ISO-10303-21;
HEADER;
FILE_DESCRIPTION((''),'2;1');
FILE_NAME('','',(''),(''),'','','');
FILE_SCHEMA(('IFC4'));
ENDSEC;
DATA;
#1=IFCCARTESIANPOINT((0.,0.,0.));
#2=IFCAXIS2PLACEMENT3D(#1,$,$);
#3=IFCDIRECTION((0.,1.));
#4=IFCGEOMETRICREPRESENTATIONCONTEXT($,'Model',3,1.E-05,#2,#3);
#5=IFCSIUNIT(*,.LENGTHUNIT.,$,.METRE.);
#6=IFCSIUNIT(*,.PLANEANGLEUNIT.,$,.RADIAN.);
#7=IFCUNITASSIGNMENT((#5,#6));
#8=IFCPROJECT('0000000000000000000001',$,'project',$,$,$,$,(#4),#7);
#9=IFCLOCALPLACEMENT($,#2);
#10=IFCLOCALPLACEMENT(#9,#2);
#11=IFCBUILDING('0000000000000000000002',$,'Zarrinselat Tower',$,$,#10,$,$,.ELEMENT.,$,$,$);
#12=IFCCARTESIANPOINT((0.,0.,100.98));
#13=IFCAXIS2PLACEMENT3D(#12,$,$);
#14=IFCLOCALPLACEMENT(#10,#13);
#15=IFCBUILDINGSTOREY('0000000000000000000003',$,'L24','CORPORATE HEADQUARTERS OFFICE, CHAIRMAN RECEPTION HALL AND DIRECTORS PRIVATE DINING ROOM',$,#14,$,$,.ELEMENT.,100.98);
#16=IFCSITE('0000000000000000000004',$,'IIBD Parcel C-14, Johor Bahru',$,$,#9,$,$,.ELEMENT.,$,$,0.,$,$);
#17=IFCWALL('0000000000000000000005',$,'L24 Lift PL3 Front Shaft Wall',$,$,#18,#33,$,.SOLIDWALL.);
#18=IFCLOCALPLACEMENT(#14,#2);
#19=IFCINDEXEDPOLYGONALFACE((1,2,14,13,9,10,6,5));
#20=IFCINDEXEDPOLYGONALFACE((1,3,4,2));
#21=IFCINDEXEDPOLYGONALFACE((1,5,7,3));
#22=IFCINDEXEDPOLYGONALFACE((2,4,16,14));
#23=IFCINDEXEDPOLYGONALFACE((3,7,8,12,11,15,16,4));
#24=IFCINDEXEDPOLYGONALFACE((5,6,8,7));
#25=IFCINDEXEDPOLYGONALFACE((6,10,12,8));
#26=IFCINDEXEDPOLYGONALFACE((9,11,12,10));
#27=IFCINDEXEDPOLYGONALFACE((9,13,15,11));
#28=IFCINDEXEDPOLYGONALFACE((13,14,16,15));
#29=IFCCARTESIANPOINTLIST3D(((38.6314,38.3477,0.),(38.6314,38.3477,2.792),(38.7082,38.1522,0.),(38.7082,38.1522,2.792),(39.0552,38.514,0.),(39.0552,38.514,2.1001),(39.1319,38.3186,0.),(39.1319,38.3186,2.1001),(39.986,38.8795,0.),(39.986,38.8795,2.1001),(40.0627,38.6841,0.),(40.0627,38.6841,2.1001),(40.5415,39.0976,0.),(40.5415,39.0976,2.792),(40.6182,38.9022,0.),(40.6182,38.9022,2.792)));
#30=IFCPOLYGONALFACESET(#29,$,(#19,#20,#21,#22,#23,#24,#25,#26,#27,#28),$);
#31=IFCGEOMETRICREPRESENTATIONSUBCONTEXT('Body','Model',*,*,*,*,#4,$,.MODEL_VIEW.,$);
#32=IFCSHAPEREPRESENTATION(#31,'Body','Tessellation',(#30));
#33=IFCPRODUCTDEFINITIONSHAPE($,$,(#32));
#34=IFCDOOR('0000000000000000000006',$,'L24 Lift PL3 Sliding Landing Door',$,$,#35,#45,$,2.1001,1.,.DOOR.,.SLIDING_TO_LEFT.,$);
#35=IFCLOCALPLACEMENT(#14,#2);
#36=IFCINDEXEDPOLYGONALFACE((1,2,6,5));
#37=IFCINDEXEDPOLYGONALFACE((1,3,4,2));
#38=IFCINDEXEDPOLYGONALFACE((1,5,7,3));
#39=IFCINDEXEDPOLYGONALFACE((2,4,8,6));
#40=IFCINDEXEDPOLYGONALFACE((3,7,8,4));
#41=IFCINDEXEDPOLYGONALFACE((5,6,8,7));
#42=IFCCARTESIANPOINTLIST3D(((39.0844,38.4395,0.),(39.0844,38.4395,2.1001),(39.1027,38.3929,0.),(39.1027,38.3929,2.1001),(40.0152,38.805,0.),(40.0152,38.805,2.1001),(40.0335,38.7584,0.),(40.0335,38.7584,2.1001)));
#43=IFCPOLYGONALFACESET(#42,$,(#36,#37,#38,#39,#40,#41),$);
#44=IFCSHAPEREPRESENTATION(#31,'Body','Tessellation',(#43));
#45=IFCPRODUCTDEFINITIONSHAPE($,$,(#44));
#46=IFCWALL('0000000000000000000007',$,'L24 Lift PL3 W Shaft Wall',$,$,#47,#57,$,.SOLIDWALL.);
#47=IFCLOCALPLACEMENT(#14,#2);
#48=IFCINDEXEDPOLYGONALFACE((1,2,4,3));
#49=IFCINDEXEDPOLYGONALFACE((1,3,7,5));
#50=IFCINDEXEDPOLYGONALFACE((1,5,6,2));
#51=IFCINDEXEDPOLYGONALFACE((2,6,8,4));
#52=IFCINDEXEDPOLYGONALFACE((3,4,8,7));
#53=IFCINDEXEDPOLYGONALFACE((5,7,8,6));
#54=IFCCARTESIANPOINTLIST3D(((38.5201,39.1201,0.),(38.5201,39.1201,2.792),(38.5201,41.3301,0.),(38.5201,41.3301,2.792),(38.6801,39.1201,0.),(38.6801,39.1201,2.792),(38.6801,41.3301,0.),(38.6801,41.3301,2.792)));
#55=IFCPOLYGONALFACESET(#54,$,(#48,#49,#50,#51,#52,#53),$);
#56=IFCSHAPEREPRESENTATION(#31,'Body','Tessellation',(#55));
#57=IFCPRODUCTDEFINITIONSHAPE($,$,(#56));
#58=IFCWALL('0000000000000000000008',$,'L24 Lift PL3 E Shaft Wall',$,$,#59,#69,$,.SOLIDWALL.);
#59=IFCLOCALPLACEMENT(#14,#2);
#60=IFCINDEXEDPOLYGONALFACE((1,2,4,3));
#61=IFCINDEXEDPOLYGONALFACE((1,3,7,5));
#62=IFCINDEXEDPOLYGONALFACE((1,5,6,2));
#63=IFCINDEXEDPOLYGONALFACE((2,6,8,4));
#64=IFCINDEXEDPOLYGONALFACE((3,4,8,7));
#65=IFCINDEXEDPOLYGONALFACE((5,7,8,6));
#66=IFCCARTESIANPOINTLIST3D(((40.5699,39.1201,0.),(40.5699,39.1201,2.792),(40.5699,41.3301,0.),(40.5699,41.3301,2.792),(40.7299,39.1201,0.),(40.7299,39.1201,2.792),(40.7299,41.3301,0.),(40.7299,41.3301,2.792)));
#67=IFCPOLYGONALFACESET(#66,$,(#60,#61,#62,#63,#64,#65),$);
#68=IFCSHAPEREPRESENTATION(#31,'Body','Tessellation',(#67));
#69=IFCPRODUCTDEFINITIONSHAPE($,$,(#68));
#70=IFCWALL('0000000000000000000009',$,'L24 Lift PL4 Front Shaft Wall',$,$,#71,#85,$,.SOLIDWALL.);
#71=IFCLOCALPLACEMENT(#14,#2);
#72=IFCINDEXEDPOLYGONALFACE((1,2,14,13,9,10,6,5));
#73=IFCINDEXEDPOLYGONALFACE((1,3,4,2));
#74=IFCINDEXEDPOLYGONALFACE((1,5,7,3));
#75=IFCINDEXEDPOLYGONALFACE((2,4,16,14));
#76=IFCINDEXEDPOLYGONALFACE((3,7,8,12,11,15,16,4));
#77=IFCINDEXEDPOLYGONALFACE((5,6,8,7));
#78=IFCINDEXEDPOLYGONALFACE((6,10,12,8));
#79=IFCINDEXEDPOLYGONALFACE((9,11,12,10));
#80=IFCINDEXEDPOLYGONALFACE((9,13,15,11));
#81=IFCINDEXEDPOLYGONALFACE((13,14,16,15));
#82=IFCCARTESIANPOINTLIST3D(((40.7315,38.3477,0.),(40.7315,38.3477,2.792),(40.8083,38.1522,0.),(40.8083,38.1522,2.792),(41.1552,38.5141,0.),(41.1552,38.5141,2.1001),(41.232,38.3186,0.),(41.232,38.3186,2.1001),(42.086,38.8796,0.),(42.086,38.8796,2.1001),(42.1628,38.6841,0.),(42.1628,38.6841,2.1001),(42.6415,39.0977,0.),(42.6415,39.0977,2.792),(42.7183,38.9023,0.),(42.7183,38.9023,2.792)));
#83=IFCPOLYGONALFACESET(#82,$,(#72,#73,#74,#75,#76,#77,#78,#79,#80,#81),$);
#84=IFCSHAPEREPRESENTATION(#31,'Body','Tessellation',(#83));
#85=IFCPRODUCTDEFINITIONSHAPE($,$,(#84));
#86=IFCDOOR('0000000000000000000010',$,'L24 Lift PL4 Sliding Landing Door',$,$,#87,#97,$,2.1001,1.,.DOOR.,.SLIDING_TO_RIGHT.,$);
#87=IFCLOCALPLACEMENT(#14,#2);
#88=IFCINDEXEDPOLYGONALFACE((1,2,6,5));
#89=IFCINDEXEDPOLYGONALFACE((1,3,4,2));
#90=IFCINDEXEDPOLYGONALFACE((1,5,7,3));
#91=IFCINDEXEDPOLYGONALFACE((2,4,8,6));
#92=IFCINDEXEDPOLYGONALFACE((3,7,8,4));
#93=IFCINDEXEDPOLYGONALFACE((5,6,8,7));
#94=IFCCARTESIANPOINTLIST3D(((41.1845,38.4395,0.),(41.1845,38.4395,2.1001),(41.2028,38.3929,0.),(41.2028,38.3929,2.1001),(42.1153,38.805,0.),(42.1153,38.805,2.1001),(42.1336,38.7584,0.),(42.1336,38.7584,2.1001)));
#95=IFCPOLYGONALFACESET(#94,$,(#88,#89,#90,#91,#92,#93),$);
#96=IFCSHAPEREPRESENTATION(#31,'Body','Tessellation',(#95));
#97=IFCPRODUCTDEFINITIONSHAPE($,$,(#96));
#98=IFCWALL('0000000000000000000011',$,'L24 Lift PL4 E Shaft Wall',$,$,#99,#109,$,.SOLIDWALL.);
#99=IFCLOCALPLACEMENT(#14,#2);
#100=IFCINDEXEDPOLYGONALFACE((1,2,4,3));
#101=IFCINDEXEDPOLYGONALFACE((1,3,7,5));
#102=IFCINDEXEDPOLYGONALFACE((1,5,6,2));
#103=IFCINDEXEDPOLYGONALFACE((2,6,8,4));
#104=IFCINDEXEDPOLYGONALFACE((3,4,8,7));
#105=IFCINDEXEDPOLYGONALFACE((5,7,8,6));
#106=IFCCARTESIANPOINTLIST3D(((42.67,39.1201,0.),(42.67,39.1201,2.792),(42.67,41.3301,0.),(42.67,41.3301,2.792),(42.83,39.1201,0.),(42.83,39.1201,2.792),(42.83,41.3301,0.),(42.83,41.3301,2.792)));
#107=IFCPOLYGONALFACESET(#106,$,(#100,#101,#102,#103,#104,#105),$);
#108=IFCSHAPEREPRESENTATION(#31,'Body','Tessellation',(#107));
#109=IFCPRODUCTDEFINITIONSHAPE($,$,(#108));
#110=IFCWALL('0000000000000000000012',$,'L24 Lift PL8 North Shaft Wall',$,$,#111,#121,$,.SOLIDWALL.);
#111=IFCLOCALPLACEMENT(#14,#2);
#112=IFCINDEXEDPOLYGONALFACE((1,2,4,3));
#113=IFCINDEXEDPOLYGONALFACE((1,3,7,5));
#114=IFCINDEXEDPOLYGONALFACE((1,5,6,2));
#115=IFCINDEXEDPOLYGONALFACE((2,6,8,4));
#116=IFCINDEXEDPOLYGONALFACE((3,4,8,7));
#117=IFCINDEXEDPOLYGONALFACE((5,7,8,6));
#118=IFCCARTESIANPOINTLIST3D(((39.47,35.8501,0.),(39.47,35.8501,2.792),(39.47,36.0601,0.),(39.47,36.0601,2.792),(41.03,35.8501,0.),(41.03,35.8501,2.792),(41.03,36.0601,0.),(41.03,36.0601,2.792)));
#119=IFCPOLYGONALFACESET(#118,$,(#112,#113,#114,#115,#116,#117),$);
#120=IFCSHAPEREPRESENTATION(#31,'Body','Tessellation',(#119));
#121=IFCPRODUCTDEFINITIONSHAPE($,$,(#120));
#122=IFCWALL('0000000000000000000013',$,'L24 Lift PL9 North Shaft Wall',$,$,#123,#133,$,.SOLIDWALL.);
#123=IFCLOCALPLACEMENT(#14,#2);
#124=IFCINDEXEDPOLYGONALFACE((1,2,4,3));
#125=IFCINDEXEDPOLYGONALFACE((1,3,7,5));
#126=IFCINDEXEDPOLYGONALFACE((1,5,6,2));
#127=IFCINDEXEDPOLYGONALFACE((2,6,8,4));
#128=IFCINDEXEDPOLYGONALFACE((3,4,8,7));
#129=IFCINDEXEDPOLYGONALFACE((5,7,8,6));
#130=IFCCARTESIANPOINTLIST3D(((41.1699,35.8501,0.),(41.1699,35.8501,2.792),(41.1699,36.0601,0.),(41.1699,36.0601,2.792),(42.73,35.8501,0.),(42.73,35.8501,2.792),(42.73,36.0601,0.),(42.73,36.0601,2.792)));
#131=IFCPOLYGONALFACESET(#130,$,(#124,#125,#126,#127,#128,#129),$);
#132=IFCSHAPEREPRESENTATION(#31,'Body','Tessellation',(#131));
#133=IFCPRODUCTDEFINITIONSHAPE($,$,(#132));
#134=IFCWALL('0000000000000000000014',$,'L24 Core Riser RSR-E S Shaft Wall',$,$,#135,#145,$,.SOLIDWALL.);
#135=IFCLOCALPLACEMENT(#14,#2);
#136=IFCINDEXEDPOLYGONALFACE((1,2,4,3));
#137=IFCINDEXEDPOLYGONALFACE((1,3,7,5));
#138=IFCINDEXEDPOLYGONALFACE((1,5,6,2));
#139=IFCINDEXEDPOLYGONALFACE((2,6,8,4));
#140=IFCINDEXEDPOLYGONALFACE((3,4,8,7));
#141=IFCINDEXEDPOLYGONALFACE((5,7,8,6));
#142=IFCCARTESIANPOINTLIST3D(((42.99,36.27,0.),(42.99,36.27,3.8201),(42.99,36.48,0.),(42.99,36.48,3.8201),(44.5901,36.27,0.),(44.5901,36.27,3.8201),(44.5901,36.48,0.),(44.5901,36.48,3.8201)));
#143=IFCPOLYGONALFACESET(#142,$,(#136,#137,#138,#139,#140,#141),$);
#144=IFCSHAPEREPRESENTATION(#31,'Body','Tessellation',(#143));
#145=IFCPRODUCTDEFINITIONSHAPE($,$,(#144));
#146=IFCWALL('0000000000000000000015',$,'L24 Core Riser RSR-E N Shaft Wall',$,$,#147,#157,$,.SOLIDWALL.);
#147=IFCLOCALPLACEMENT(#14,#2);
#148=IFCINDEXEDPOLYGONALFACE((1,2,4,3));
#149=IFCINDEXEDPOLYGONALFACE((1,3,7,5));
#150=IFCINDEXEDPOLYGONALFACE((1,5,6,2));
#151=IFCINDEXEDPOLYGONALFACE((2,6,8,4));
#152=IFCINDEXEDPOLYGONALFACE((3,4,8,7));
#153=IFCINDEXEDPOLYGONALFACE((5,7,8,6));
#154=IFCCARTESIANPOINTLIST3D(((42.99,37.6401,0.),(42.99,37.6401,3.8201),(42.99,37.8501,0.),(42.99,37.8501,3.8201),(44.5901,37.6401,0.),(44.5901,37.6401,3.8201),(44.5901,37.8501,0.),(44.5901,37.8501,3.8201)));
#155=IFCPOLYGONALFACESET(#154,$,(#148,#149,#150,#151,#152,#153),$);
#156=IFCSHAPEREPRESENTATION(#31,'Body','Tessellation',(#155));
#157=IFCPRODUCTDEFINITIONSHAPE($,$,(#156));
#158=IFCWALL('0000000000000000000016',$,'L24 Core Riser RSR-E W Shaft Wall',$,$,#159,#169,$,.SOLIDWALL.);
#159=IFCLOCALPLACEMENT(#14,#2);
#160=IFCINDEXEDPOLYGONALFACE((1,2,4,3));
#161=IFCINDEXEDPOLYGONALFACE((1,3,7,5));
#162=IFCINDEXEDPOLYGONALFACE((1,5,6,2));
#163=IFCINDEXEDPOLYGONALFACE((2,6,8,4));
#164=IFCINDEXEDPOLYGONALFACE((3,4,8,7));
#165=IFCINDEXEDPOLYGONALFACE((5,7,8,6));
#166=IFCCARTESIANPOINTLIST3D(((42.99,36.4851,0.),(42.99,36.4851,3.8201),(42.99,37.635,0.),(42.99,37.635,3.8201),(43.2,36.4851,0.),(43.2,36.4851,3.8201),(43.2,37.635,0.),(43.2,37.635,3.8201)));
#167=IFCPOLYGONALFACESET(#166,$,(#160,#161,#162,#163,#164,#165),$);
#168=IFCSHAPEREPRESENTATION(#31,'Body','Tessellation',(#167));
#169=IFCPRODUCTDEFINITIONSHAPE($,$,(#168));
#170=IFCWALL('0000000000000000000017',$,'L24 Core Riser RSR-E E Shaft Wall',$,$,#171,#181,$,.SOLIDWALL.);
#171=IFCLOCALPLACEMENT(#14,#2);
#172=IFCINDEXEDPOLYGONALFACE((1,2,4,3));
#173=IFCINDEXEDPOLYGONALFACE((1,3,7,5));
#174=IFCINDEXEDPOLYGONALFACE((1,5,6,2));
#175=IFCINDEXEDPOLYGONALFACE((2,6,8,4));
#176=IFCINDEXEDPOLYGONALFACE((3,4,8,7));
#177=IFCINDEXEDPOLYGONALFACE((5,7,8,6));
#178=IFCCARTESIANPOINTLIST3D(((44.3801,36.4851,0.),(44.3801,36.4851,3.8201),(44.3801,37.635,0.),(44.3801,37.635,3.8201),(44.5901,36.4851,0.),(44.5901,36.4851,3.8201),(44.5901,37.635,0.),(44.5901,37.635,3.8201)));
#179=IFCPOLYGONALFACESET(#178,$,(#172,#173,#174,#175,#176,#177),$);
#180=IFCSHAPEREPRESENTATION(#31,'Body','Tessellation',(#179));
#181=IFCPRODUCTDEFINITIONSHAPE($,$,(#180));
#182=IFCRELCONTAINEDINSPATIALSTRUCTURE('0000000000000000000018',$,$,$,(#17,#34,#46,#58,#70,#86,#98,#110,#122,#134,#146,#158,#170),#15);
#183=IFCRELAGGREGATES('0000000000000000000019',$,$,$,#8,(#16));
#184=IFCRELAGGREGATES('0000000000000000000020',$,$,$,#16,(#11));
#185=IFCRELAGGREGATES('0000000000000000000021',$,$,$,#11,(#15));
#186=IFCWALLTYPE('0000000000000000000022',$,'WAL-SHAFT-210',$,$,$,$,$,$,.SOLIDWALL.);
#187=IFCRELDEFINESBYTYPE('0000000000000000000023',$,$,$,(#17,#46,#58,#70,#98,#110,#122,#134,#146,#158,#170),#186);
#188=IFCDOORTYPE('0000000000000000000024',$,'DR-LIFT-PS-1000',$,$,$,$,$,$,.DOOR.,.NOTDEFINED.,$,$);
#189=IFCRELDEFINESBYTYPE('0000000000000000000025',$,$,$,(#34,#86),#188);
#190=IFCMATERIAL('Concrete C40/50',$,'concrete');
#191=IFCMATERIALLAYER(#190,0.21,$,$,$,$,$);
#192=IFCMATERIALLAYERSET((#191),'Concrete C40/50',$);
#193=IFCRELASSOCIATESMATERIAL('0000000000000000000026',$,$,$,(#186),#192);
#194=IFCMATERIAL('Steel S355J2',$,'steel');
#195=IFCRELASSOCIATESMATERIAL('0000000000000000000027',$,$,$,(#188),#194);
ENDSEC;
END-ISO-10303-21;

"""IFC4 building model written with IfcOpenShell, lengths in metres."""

from ifc_helpers import new_model, si_unit, direction, frame, frame_2d, origin, place, context, subcontext, project, spatial, rectangle, extrude, material, layer, layer_set, type_object, element, fill, save


model = new_model("IFC4")

# Units and contexts
model_context = context("Model", 3, precision=1e-05, world=origin(), true_north=direction((0.0, 1.0)))
body_context = subcontext(model_context, "Body", "Model", "MODEL_VIEW")
ifc_project = project(units=[si_unit("LENGTHUNIT", "METRE"), si_unit("PLANEANGLEUNIT", "RADIAN")], contexts=[model_context])

# Site, building, storey
site_placement = place(None, origin())
site = spatial("IfcSite", under=ifc_project, at=site_placement, Name="IIBD Parcel C-14, Johor Bahru", CompositionType="ELEMENT", RefElevation=0.0)
building_placement = place(site_placement, origin())
building = spatial("IfcBuilding", under=site, at=building_placement, Name="Zarrinselat Tower", CompositionType="ELEMENT")
storey_placement = place(building_placement, frame((0.0, 0.0, 100.98)))
storey = spatial("IfcBuildingStorey", under=building, at=storey_placement, Name="L24", Description="CORPORATE HEADQUARTERS OFFICE, CHAIRMAN RECEPTION HALL AND DIRECTORS PRIVATE DINING ROOM", CompositionType="ELEMENT", Elevation=100.98)

# Shared definitions
ifc_material_1 = material(Name="Concrete C40/50", Category="concrete")
ifc_layer_1 = layer(ifc_material_1, 0.21)
ifc_layer_set_1 = layer_set([ifc_layer_1], Name="Concrete C40/50")
wall_type_1 = type_object("IfcWallType", Name="WAL-SHAFT-210", PredefinedType="SOLIDWALL", material=ifc_layer_set_1)

# Shared definitions
ifc_material_2 = material(Name="Steel S355J2", Category="steel")
door_type_1 = type_object("IfcDoorType", Name="DR-LIFT-PS-1000", OperationType="NOTDEFINED", PredefinedType="DOOR", material=ifc_material_2)

# Wall, opening, door
wall_1_placement = place(storey_placement, frame((38.6699, 38.25, 0.0), z_axis=(0.0, 0.0, 1.0), x_axis=(0.930821, 0.365476, 0.0)))
wall_1 = element("IfcWall", 1, at=wall_1_placement, inside=storey, type_object=wall_type_1, Name="L24 Lift PL3 Front Shaft Wall", PredefinedType="SOLIDWALL", context=body_context, shape_type="SweptSolid", body=[
    extrude(rectangle(XDim=2.052, YDim=0.21, at=frame_2d((1.0259, 0.0))), origin(), (0.0, 0.0, 1.0), 2.792),
])
opening_1_placement = place(wall_1_placement, frame((0.4551, 0.0, 0.0)))
opening_1 = element("IfcOpeningElement", 2, at=opening_1_placement, cuts=wall_1, PredefinedType="OPENING", context=body_context, shape_type="SweptSolid", body=[
    extrude(rectangle(XDim=1.0, YDim=2.1001, at=frame_2d((0.5, 1.05))), frame((0.0, 0.115, 0.0), z_axis=(0.0, -1.0, 0.0), x_axis=(1.0, 0.0, 0.0)), (0.0, 0.0, 1.0), 0.23),
])
door_1_placement = place(opening_1_placement, origin())
door_1 = element("IfcDoor", 3, at=door_1_placement, inside=storey, type_object=door_type_1, Name="L24 Lift PL3 Sliding Landing Door", OperationType="SLIDING_TO_LEFT", OverallHeight=2.1001, OverallWidth=1.0, PredefinedType="DOOR", context=body_context, shape_type="SweptSolid", body=[
    extrude(rectangle(XDim=1.0, YDim=2.1001, at=frame_2d((0.5, 1.05))), frame((0.0, 0.0249, 0.0), z_axis=(0.0, -1.0, 0.0), x_axis=(1.0, 0.0, 0.0)), (0.0, 0.0, 1.0), 0.05),
])
fill(opening_1, door_1)

# Walls
for number, where, z_axis, x_axis, name in (
    (4, (38.6001, 39.1201, 0.0), (0.0, 0.0, 1.0), (0.0, 1.0, 0.0), "L24 Lift PL3 W Shaft Wall"),
    (5, (40.6499, 39.1201, 0.0), (0.0, 0.0, 1.0), (0.0, 1.0, 0.0), "L24 Lift PL3 E Shaft Wall"),
):
    element("IfcWall", number, at=place(storey_placement, frame(where, z_axis=z_axis, x_axis=x_axis)), inside=storey, type_object=wall_type_1, Name=name, PredefinedType="SOLIDWALL", context=body_context, shape_type="SweptSolid", body=[
        extrude(rectangle(XDim=2.21, YDim=0.1599, at=frame_2d((1.105, 0.0))), origin(), (0.0, 0.0, 1.0), 2.792),
    ])

# Wall, opening, door
wall_2_placement = place(storey_placement, frame((40.77, 38.25, 0.0), z_axis=(0.0, 0.0, 1.0), x_axis=(0.930805, 0.365516, 0.0)))
wall_2 = element("IfcWall", 6, at=wall_2_placement, inside=storey, type_object=wall_type_1, Name="L24 Lift PL4 Front Shaft Wall", PredefinedType="SOLIDWALL", context=body_context, shape_type="SweptSolid", body=[
    extrude(rectangle(XDim=2.052, YDim=0.21, at=frame_2d((1.0259, 0.0))), origin(), (0.0, 0.0, 1.0), 2.792),
])
opening_2_placement = place(wall_2_placement, frame((0.4551, 0.0, 0.0)))
opening_2 = element("IfcOpeningElement", 7, at=opening_2_placement, cuts=wall_2, PredefinedType="OPENING", context=body_context, shape_type="SweptSolid", body=[
    extrude(rectangle(XDim=1.0, YDim=2.1001, at=frame_2d((0.5, 1.05))), frame((0.0, 0.115, 0.0), z_axis=(0.0, -1.0, 0.0), x_axis=(1.0, 0.0, 0.0)), (0.0, 0.0, 1.0), 0.23),
])
door_2_placement = place(opening_2_placement, origin())
door_2 = element("IfcDoor", 8, at=door_2_placement, inside=storey, type_object=door_type_1, Name="L24 Lift PL4 Sliding Landing Door", OperationType="SLIDING_TO_RIGHT", OverallHeight=2.1001, OverallWidth=1.0, PredefinedType="DOOR", context=body_context, shape_type="SweptSolid", body=[
    extrude(rectangle(XDim=1.0, YDim=2.1001, at=frame_2d((0.5, 1.05))), frame((0.0, 0.0249, 0.0), z_axis=(0.0, -1.0, 0.0), x_axis=(1.0, 0.0, 0.0)), (0.0, 0.0, 1.0), 0.05),
])
fill(opening_2, door_2)

# Walls
wall_3_placement = place(storey_placement, frame((42.75, 39.1201, 0.0), z_axis=(0.0, 0.0, 1.0), x_axis=(0.0, 1.0, 0.0)))
element("IfcWall", 9, at=wall_3_placement, inside=storey, type_object=wall_type_1, Name="L24 Lift PL4 E Shaft Wall", PredefinedType="SOLIDWALL", context=body_context, shape_type="SweptSolid", body=[
    extrude(rectangle(XDim=2.21, YDim=0.1599, at=frame_2d((1.105, 0.0))), origin(), (0.0, 0.0, 1.0), 2.792),
])
for number, where, z_axis, x_axis, name in (
    (10, (39.47, 35.9551, 0.0), (0.0, 0.0, 1.0), (1.0, 0.0, 0.0), "L24 Lift PL8 North Shaft Wall"),
    (11, (41.1699, 35.9551, 0.0), (0.0, 0.0, 1.0), (1.0, 0.0, 0.0), "L24 Lift PL9 North Shaft Wall"),
):
    element("IfcWall", number, at=place(storey_placement, frame(where, z_axis=z_axis, x_axis=x_axis)), inside=storey, type_object=wall_type_1, Name=name, PredefinedType="SOLIDWALL", context=body_context, shape_type="SweptSolid", body=[
        extrude(rectangle(XDim=1.5601, YDim=0.21, at=frame_2d((0.78, 0.0))), origin(), (0.0, 0.0, 1.0), 2.792),
    ])
for number, where, z_axis, x_axis, name in (
    (12, (42.99, 36.375, 0.0), (0.0, 0.0, 1.0), (1.0, 0.0, 0.0), "L24 Core Riser RSR-E S Shaft Wall"),
    (13, (42.99, 37.7451, 0.0), (0.0, 0.0, 1.0), (1.0, 0.0, 0.0), "L24 Core Riser RSR-E N Shaft Wall"),
):
    element("IfcWall", number, at=place(storey_placement, frame(where, z_axis=z_axis, x_axis=x_axis)), inside=storey, type_object=wall_type_1, Name=name, PredefinedType="SOLIDWALL", context=body_context, shape_type="SweptSolid", body=[
        extrude(rectangle(XDim=1.6001, YDim=0.21, at=frame_2d((0.8, 0.0))), origin(), (0.0, 0.0, 1.0), 3.8201),
    ])
for number, where, z_axis, x_axis, name in (
    (14, (43.095, 36.4851, 0.0), (0.0, 0.0, 1.0), (0.0, 1.0, 0.0), "L24 Core Riser RSR-E W Shaft Wall"),
    (15, (44.4851, 36.4851, 0.0), (0.0, 0.0, 1.0), (0.0, 1.0, 0.0), "L24 Core Riser RSR-E E Shaft Wall"),
):
    element("IfcWall", number, at=place(storey_placement, frame(where, z_axis=z_axis, x_axis=x_axis)), inside=storey, type_object=wall_type_1, Name=name, PredefinedType="SOLIDWALL", context=body_context, shape_type="SweptSolid", body=[
        extrude(rectangle(XDim=1.1499, YDim=0.21, at=frame_2d((0.575, 0.0))), origin(), (0.0, 0.0, 1.0), 3.8201),
    ])

save(model, "model.ifc")
